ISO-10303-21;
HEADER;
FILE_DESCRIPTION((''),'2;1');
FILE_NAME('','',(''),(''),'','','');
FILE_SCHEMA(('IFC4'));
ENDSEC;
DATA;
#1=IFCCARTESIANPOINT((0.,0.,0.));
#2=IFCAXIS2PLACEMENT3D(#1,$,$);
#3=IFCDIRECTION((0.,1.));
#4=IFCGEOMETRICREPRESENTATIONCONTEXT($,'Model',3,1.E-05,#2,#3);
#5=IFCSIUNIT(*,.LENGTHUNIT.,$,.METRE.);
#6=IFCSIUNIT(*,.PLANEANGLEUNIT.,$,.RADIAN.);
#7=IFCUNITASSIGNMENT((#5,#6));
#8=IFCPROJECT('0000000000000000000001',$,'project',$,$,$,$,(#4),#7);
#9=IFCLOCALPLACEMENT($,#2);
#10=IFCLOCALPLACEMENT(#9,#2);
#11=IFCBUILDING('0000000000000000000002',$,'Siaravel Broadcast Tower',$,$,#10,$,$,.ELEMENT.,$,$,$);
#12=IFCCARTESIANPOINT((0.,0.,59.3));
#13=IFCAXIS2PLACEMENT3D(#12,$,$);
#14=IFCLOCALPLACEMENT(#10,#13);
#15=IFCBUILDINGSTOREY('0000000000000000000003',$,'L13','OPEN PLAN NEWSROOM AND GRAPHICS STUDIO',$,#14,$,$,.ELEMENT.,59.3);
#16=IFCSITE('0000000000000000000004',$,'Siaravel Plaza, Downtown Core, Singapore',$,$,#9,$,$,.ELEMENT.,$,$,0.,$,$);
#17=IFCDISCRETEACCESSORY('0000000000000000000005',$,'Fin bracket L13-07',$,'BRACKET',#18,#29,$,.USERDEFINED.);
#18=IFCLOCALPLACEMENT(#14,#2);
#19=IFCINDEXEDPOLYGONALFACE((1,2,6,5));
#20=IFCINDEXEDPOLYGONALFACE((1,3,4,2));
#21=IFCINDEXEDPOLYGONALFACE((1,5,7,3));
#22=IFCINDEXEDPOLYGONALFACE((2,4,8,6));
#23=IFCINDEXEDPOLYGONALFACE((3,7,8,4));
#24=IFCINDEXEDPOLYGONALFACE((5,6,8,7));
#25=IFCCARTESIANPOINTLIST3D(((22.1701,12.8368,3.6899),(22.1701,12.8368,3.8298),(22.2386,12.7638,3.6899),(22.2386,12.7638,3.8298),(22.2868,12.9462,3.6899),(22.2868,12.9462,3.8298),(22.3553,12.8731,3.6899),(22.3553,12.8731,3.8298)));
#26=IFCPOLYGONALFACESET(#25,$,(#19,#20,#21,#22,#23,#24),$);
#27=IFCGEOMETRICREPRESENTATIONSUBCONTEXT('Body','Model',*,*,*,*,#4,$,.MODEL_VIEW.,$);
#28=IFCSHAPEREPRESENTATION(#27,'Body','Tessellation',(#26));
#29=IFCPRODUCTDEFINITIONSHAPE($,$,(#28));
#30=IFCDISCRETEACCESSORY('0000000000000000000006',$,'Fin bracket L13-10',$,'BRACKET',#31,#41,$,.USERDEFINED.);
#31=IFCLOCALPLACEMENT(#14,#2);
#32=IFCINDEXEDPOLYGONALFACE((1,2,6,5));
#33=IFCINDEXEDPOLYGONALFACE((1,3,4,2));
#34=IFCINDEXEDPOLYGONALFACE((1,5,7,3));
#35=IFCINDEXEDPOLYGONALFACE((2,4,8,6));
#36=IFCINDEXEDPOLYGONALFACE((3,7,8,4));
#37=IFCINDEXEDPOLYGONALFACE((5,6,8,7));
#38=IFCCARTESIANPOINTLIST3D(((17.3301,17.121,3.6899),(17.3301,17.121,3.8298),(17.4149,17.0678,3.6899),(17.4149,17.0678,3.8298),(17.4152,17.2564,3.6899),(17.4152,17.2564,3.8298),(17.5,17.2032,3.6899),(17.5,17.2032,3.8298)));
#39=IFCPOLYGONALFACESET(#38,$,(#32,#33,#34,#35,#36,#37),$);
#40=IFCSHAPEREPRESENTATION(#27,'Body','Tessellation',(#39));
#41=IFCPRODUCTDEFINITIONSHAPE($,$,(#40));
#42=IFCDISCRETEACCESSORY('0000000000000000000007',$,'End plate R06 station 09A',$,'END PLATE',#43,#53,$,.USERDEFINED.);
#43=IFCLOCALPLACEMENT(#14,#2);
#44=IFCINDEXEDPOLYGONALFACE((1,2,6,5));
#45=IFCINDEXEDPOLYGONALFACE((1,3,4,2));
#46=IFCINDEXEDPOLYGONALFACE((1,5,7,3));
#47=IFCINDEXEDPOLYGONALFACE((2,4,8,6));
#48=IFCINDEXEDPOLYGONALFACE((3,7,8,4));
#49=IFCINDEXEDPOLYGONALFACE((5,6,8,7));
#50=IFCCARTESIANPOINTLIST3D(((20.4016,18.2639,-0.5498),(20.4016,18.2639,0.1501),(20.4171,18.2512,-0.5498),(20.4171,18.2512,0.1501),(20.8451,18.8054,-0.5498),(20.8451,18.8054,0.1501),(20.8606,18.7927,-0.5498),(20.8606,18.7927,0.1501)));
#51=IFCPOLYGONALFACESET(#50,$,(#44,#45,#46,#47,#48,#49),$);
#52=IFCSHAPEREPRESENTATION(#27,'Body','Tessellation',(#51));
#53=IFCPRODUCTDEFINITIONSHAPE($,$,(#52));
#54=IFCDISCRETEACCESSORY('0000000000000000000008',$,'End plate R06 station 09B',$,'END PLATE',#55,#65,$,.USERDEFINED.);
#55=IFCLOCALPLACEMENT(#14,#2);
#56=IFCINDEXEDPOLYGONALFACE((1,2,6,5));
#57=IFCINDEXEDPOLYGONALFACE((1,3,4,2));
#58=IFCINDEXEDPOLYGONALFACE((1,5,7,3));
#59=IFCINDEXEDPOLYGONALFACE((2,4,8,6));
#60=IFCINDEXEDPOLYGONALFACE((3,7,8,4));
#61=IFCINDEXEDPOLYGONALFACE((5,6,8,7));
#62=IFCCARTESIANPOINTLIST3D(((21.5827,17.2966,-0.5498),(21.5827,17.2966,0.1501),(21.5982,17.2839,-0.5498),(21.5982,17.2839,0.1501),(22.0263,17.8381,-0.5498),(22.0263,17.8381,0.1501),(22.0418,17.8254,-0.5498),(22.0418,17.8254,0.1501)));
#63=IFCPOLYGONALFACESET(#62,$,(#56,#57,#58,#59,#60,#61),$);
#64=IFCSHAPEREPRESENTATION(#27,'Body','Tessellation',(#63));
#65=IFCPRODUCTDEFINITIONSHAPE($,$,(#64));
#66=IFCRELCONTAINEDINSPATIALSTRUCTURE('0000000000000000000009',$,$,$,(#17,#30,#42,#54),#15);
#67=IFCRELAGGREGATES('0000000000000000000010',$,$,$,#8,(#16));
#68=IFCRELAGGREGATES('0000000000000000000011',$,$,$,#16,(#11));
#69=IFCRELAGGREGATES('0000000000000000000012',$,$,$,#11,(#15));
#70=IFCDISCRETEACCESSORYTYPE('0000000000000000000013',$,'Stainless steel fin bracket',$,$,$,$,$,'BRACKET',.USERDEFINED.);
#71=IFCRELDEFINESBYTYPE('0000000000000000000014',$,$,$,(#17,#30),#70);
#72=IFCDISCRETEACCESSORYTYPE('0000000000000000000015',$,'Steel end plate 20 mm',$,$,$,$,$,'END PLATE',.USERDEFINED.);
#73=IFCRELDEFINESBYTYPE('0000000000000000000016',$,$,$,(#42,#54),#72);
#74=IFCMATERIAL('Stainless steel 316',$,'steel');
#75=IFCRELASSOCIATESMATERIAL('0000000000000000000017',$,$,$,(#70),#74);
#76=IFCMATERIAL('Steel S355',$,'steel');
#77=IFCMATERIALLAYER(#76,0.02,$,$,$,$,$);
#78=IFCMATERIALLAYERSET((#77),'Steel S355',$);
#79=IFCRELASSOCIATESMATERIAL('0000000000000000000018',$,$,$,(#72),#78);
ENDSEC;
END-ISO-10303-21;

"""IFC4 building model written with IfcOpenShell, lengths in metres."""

from ifc_helpers import new_model, si_unit, direction, frame, origin, origin_2d, place, context, subcontext, project, spatial, rectangle, extrude, material, layer, layer_set, type_object, element, save


model = new_model("IFC4")

# Units and contexts
model_context = context("Model", 3, precision=1e-05, world=origin(), true_north=direction((0.0, 1.0)))
body_context = subcontext(model_context, "Body", "Model", "MODEL_VIEW")
ifc_project = project(units=[si_unit("LENGTHUNIT", "METRE"), si_unit("PLANEANGLEUNIT", "RADIAN")], contexts=[model_context])

# Site, building, storey
site_placement = place(None, origin())
site = spatial("IfcSite", under=ifc_project, at=site_placement, Name="Siaravel Plaza, Downtown Core, Singapore", CompositionType="ELEMENT", RefElevation=0.0)
building_placement = place(site_placement, origin())
building = spatial("IfcBuilding", under=site, at=building_placement, Name="Siaravel Broadcast Tower", CompositionType="ELEMENT")
storey_placement = place(building_placement, frame((0.0, 0.0, 59.3)))
storey = spatial("IfcBuildingStorey", under=building, at=storey_placement, Name="L13", Description="OPEN PLAN NEWSROOM AND GRAPHICS STUDIO", CompositionType="ELEMENT", Elevation=59.3)

# Shared definitions
ifc_material_1 = material(Name="Steel S355", Category="steel")

# Discrete accessories
ifc_material_2 = material(Name="Stainless steel 316", Category="steel")
discrete_accessory_type_1 = type_object("IfcDiscreteAccessoryType", Name="Stainless steel fin bracket", ElementType="BRACKET", PredefinedType="USERDEFINED", material=ifc_material_2)
for number, where, z_axis, x_axis, name in (
    (1, (22.2627, 12.855, 3.6899), (0.0, 0.0, 1.0), (0.729804, 0.683656, 0.0), "Fin bracket L13-07"),
    (2, (17.415, 17.1621, 3.6899), (0.0, 0.0, 1.0), (0.532148, 0.846651, 0.0), "Fin bracket L13-10"),
):
    element("IfcDiscreteAccessory", number, at=place(storey_placement, frame(where, z_axis=z_axis, x_axis=x_axis)), inside=storey, type_object=discrete_accessory_type_1, Name=name, ObjectType="BRACKET", PredefinedType="USERDEFINED", context=body_context, shape_type="SweptSolid", body=[
        extrude(rectangle(XDim=0.1599, YDim=0.1001, at=origin_2d()), origin(), (0.0, 0.0, 1.0), 0.1399),
    ])
ifc_layer_1 = layer(ifc_material_1, 0.02)
ifc_layer_set_1 = layer_set([ifc_layer_1], Name="Steel S355")
discrete_accessory_type_2 = type_object("IfcDiscreteAccessoryType", Name="Steel end plate 20 mm", ElementType="END PLATE", PredefinedType="USERDEFINED", material=ifc_layer_set_1)
for number, where, z_axis, x_axis, name in (
    (3, (20.6311, 18.5283, -0.5498), (0.0, 0.0, 1.0), (-0.773605, 0.633669, 0.0), "End plate R06 station 09A"),
    (4, (21.8123, 17.561, -0.5498), (0.0, 0.0, 1.0), (-0.773605, 0.633669, 0.0), "End plate R06 station 09B"),
):
    element("IfcDiscreteAccessory", number, at=place(storey_placement, frame(where, z_axis=z_axis, x_axis=x_axis)), inside=storey, type_object=discrete_accessory_type_2, Name=name, ObjectType="END PLATE", PredefinedType="USERDEFINED", context=body_context, shape_type="SweptSolid", body=[
        extrude(rectangle(XDim=0.02, YDim=0.7, at=origin_2d()), origin(), (0.0, 0.0, 1.0), 0.7),
    ])

save(model, "model.ifc")
